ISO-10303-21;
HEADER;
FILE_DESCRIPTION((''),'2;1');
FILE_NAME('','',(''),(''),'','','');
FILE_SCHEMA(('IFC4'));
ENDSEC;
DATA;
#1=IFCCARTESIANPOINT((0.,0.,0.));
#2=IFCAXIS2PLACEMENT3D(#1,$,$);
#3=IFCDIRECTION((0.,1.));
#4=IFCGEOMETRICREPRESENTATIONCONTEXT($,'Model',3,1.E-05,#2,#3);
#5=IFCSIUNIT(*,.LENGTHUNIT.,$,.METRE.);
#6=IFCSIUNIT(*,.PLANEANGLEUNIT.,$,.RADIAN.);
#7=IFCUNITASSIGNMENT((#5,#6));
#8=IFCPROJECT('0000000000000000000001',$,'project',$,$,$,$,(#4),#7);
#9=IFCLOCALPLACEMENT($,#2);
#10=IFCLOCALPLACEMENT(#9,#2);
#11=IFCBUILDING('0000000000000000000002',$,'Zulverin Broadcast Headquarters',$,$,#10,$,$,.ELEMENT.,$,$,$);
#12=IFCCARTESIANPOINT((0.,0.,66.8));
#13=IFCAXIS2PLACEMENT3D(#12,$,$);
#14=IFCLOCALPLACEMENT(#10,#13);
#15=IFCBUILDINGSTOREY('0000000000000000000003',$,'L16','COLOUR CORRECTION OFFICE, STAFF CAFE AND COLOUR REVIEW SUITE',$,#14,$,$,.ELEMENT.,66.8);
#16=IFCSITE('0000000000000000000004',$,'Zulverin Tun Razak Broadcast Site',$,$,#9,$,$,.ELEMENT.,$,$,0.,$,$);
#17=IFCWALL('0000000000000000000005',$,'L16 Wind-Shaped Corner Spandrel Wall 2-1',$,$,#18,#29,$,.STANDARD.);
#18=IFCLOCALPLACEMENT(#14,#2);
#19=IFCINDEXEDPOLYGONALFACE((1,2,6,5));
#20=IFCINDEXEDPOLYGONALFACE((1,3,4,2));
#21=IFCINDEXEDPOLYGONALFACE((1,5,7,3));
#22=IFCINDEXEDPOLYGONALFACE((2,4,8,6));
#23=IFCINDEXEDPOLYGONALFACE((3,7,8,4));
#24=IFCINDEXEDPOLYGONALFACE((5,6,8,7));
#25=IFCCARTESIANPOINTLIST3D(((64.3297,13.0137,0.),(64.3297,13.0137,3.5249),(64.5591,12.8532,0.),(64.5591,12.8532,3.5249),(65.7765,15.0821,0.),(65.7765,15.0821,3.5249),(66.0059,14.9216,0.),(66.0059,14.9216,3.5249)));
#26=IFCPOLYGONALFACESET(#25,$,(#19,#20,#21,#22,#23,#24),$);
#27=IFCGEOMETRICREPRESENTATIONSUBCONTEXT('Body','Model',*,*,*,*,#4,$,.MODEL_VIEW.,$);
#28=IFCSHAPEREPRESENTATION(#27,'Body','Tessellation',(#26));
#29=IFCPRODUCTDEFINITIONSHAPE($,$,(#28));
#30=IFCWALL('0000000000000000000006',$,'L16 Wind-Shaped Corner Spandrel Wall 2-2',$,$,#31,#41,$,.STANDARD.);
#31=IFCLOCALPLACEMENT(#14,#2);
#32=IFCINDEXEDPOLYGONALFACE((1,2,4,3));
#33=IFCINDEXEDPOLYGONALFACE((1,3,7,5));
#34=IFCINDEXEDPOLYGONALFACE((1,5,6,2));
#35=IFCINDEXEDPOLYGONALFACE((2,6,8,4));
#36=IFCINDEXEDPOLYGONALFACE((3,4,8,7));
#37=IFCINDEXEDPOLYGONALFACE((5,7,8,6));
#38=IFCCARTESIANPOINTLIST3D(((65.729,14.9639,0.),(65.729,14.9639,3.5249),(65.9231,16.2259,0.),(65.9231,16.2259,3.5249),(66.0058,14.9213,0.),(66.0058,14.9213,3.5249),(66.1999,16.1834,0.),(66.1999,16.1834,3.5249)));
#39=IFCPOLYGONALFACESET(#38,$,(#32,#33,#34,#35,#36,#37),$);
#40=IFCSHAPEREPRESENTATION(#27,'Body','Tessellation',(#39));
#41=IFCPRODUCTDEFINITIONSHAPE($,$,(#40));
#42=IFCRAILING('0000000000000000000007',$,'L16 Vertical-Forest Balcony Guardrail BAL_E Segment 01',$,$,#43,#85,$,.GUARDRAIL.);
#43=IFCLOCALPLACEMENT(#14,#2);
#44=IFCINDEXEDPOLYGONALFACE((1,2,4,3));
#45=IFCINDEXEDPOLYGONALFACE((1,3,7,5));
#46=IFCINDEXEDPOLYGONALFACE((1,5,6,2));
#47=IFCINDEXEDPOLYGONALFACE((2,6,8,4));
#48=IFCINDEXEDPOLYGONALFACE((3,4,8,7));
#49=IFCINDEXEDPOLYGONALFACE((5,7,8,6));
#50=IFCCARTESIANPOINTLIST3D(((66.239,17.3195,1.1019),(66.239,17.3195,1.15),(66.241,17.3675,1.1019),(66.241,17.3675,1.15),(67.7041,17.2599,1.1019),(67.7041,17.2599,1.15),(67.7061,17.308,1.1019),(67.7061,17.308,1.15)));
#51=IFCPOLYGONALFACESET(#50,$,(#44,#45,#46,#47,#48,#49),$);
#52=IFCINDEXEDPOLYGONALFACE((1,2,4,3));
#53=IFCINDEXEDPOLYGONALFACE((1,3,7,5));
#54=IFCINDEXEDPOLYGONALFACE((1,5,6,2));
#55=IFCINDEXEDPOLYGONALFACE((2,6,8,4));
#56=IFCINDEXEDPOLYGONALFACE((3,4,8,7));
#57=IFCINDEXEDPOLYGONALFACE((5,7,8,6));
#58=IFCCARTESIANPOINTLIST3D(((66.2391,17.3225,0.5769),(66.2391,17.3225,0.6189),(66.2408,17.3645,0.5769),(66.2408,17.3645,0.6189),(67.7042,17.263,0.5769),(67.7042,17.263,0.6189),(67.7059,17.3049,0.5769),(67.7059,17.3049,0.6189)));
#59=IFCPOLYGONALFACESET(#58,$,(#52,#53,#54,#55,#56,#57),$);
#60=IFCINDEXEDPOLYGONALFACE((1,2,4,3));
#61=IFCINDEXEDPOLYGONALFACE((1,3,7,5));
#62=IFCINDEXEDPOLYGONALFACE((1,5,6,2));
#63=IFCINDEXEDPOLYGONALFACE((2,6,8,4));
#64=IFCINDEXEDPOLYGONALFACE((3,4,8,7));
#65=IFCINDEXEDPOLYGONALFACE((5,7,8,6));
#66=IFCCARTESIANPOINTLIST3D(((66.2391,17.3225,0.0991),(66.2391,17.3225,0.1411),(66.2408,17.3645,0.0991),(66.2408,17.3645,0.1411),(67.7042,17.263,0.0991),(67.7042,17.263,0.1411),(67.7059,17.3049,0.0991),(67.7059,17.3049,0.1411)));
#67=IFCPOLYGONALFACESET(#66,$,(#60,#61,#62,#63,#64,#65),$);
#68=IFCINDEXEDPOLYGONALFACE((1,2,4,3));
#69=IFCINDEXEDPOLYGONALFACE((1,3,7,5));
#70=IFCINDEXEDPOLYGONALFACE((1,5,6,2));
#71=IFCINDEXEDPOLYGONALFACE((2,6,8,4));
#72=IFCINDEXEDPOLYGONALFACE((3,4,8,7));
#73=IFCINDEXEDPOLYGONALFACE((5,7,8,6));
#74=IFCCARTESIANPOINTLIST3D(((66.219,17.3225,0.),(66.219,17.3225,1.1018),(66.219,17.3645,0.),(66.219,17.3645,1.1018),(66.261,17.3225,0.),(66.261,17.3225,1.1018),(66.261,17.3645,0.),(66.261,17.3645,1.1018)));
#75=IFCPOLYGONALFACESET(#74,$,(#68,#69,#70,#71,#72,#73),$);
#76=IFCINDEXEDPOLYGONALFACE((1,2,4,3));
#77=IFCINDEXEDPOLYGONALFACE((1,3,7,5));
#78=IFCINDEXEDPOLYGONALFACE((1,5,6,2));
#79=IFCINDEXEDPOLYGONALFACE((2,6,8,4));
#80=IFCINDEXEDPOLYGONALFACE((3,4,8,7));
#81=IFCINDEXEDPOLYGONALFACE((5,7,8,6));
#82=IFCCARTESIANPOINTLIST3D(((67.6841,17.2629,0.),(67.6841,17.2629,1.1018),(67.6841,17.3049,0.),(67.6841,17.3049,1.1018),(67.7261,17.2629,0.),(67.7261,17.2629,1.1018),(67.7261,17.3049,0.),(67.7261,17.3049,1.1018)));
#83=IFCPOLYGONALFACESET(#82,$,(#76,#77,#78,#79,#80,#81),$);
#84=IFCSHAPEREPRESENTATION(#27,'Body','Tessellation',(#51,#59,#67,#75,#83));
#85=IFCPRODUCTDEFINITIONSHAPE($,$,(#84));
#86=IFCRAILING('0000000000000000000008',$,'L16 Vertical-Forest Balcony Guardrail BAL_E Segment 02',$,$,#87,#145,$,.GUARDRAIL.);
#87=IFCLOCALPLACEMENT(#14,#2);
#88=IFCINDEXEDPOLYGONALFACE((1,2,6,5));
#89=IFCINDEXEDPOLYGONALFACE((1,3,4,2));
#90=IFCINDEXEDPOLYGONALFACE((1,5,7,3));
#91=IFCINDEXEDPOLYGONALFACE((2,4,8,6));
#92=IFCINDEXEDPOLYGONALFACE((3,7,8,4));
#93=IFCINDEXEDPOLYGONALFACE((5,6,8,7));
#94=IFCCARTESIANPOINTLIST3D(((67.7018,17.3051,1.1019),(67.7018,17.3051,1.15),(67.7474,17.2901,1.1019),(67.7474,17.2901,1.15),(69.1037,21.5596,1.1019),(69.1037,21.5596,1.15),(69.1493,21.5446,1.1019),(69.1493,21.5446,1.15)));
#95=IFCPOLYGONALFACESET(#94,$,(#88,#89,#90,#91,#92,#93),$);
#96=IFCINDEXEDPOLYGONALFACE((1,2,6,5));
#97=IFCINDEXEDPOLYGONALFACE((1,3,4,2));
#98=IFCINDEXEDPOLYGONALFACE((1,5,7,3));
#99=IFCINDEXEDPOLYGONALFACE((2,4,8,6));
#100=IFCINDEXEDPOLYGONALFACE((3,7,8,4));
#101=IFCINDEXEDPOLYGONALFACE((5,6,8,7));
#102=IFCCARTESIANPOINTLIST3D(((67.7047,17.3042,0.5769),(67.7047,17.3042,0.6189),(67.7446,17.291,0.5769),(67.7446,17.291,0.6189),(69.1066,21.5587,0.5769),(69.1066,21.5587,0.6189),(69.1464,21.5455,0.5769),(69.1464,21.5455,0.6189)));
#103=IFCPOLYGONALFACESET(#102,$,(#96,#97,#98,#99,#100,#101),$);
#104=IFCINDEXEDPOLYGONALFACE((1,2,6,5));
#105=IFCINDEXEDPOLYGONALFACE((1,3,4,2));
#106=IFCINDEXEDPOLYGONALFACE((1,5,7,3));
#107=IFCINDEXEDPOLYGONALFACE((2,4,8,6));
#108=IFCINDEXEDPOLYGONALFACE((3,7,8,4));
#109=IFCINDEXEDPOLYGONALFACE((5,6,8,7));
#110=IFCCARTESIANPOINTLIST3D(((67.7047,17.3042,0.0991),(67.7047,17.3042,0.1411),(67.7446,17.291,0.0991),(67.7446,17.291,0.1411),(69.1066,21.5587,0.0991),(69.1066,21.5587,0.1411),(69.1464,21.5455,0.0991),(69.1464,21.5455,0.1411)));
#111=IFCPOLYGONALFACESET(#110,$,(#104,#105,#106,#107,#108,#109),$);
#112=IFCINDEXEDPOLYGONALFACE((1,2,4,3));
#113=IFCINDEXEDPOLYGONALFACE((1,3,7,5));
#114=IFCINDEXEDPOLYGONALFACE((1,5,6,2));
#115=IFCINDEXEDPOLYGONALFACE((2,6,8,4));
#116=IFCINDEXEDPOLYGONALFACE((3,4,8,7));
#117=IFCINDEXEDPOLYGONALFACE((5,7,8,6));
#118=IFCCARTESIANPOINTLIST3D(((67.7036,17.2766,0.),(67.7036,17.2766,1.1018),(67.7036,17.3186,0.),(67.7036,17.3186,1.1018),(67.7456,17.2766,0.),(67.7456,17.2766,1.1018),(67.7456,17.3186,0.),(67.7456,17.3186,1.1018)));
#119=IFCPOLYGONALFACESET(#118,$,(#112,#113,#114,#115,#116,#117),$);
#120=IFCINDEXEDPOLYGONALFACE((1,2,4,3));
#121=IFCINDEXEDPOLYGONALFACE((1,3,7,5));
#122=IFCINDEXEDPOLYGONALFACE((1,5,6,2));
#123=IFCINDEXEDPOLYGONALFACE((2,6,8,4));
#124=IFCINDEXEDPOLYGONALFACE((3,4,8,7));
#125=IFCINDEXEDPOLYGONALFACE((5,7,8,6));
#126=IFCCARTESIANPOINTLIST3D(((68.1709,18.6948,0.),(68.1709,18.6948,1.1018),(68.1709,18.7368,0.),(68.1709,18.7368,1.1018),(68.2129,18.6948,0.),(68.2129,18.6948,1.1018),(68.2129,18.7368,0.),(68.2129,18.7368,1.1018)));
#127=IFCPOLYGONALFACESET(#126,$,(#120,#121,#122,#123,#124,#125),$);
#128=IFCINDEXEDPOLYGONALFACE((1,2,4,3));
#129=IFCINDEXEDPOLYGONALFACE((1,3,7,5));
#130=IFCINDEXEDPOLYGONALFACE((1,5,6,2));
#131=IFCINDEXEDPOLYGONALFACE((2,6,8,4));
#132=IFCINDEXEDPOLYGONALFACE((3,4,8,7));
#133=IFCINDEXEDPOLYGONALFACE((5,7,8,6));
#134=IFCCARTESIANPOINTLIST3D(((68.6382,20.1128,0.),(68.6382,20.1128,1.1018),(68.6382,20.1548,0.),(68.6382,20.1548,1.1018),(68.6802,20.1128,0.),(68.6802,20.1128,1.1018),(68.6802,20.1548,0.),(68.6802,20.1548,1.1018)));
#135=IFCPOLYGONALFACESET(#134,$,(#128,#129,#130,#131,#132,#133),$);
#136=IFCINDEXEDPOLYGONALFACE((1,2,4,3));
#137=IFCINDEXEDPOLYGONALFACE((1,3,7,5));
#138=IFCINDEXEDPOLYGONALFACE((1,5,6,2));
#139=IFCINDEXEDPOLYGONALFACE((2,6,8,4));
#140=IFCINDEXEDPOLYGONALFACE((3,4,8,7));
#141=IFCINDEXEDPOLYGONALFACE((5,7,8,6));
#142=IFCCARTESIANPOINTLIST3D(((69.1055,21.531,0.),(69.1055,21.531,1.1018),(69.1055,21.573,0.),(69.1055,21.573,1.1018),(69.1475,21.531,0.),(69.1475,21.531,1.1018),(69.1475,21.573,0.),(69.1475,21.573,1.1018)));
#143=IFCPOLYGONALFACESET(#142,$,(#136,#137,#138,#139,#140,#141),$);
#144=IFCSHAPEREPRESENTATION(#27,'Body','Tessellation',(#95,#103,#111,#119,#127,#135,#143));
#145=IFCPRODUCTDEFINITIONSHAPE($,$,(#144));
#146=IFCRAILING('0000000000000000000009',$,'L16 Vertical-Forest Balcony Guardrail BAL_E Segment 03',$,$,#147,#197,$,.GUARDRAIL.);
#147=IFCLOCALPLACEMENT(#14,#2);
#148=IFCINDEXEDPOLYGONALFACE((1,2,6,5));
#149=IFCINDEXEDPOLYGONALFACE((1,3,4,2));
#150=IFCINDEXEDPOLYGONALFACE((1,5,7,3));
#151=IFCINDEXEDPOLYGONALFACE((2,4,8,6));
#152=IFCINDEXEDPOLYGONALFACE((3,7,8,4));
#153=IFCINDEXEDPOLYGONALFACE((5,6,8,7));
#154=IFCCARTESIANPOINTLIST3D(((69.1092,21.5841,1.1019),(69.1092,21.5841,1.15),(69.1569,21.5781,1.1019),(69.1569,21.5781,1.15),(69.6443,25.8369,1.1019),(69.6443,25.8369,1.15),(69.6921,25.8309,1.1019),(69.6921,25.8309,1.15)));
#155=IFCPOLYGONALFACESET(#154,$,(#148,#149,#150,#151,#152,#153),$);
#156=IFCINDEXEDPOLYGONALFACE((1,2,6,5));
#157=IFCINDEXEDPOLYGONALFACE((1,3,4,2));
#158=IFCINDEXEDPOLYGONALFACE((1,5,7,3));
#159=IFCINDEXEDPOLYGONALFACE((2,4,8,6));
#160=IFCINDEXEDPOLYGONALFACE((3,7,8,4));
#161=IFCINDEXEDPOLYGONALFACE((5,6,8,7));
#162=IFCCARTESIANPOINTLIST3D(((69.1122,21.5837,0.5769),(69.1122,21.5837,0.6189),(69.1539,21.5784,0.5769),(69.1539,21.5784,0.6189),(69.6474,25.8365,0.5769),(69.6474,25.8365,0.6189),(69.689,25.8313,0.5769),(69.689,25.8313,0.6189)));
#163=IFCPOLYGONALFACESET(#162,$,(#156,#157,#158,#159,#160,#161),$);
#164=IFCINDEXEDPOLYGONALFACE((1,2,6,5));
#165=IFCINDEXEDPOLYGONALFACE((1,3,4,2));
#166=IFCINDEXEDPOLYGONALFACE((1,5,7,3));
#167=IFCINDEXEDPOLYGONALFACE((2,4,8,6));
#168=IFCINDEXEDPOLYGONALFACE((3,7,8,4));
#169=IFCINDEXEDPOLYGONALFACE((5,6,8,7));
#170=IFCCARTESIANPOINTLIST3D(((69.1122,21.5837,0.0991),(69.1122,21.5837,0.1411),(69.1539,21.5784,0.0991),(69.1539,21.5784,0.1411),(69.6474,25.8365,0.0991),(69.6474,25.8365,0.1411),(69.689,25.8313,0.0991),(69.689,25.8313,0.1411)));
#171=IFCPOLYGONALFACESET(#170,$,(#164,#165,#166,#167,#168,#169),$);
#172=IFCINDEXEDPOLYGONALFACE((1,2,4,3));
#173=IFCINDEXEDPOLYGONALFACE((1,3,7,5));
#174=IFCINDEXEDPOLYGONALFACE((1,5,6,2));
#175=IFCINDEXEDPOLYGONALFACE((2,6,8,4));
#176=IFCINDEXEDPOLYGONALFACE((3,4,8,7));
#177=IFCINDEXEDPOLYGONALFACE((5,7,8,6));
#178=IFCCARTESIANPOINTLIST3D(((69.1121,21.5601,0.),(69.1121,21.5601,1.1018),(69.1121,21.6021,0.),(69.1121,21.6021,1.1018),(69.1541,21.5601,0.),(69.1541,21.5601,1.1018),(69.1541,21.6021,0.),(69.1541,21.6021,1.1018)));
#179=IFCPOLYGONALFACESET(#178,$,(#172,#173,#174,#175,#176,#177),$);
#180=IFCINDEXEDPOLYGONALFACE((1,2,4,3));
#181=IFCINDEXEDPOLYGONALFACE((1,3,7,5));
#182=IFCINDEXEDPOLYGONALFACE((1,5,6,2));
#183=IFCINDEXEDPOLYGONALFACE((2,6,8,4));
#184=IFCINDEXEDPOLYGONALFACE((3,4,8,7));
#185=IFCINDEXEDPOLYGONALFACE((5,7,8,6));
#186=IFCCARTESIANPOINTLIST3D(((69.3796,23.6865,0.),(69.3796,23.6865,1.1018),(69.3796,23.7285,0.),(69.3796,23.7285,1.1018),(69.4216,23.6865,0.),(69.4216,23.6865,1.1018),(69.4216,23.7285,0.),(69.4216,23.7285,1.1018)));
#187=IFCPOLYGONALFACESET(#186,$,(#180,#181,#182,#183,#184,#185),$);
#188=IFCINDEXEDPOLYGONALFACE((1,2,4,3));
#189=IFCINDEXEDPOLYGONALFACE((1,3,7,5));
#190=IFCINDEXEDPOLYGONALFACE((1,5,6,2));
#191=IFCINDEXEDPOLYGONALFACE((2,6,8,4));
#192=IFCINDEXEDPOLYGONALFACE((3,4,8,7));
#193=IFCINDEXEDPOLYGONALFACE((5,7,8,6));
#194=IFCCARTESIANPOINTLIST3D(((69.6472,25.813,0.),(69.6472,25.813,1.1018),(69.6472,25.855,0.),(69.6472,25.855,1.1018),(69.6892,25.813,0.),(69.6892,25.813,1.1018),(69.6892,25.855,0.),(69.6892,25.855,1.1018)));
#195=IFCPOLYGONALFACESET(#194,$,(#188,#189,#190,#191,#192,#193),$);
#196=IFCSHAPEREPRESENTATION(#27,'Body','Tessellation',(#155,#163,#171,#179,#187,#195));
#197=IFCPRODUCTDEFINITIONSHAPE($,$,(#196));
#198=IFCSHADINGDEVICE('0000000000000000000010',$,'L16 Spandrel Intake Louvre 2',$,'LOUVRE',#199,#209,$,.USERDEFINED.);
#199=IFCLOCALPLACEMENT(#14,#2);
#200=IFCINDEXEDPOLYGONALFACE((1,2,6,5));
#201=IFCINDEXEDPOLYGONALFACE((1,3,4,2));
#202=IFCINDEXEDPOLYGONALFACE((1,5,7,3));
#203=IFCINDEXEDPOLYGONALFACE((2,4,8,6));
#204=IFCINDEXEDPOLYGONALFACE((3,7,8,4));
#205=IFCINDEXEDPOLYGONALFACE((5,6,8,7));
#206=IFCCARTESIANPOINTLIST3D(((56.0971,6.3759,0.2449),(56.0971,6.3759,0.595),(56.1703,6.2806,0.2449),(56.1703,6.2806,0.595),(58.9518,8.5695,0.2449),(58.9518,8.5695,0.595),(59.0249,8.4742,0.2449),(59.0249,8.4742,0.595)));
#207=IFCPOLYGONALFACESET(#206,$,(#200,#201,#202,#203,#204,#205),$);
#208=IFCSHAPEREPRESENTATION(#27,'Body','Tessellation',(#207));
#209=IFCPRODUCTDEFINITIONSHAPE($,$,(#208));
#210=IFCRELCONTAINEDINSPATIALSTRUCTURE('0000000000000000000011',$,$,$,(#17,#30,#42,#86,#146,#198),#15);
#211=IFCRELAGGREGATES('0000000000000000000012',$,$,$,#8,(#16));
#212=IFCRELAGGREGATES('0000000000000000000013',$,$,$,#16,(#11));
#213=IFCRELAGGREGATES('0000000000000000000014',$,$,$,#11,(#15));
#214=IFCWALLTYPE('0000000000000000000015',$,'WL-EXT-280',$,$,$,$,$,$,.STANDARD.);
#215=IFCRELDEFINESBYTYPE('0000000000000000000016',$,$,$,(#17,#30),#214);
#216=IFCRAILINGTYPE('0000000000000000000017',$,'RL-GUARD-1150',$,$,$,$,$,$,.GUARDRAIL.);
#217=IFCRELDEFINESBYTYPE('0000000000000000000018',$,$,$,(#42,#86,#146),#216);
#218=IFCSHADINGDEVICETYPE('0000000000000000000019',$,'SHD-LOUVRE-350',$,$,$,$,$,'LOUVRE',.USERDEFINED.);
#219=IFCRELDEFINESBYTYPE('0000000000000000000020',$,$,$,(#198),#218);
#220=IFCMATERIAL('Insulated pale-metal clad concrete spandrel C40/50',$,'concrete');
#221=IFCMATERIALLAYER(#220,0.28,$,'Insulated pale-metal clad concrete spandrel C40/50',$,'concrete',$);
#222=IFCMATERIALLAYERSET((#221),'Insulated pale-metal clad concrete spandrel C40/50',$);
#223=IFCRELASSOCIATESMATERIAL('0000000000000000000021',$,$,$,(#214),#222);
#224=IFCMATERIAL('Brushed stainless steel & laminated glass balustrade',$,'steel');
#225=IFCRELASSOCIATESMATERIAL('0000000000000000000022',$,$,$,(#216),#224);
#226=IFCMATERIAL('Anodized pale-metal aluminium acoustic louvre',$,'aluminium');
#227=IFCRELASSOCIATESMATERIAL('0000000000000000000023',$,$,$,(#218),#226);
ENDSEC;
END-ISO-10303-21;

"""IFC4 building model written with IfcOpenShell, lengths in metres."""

from ifc_helpers import new_model, si_unit, direction, frame, frame_2d, origin, origin_2d, place, context, subcontext, project, spatial, rectangle, extrude, material, layer, layer_set, type_object, element, save


model = new_model("IFC4")

# Units and contexts
model_context = context("Model", 3, precision=1e-05, world=origin(), true_north=direction((0.0, 1.0)))
body_context = subcontext(model_context, "Body", "Model", "MODEL_VIEW")
ifc_project = project(units=[si_unit("LENGTHUNIT", "METRE"), si_unit("PLANEANGLEUNIT", "RADIAN")], contexts=[model_context])

# Site, building, storey
site_placement = place(None, origin())
site = spatial("IfcSite", under=ifc_project, at=site_placement, Name="Zulverin Tun Razak Broadcast Site", CompositionType="ELEMENT", RefElevation=0.0)
building_placement = place(site_placement, origin())
building = spatial("IfcBuilding", under=site, at=building_placement, Name="Zulverin Broadcast Headquarters", CompositionType="ELEMENT")
storey_placement = place(building_placement, frame((0.0, 0.0, 66.8)))
storey = spatial("IfcBuildingStorey", under=building, at=storey_placement, Name="L16", Description="COLOUR CORRECTION OFFICE, STAFF CAFE AND COLOUR REVIEW SUITE", CompositionType="ELEMENT", Elevation=66.8)

# Shared definitions
ifc_material_1 = material(Name="Insulated pale-metal clad concrete spandrel C40/50", Category="concrete")
ifc_layer_1 = layer(ifc_material_1, 0.28, Name="Insulated pale-metal clad concrete spandrel C40/50", Category="concrete")
ifc_layer_set_1 = layer_set([ifc_layer_1], Name="Insulated pale-metal clad concrete spandrel C40/50")
wall_type = type_object("IfcWallType", Name="WL-EXT-280", PredefinedType="STANDARD", material=ifc_layer_set_1)

# Walls
wall_1_placement = place(storey_placement, frame((64.4443, 12.9333, 0.0), z_axis=(0.0, 0.0, 1.0), x_axis=(0.573177, 0.819432, 0.0)))
element("IfcWall", 1, at=wall_1_placement, inside=storey, type_object=wall_type, Name="L16 Wind-Shaped Corner Spandrel Wall 2-1", PredefinedType="STANDARD", context=body_context, shape_type="SweptSolid", body=[
    extrude(rectangle(XDim=2.5242, YDim=0.28, at=frame_2d((1.2622, 0.0))), origin(), (0.0, 0.0, 1.0), 3.5249),
])
wall_2_placement = place(storey_placement, frame((65.8674, 14.9426, 0.0), z_axis=(0.0, 0.0, 1.0), x_axis=(0.152014, 0.988378, 0.0)))
element("IfcWall", 2, at=wall_2_placement, inside=storey, type_object=wall_type, Name="L16 Wind-Shaped Corner Spandrel Wall 2-2", PredefinedType="STANDARD", context=body_context, shape_type="SweptSolid", body=[
    extrude(rectangle(XDim=1.2769, YDim=0.28, at=frame_2d((0.6384, 0.0))), origin(), (0.0, 0.0, 1.0), 3.5249),
])

# Railings
ifc_material_2 = material(Name="Brushed stainless steel & laminated glass balustrade", Category="steel")
railing_type = type_object("IfcRailingType", Name="RL-GUARD-1150", PredefinedType="GUARDRAIL", material=ifc_material_2)
railing_1_placement = place(storey_placement, frame((66.24, 17.3435, 0.0)))
element("IfcRailing", 3, at=railing_1_placement, inside=storey, type_object=railing_type, Name="L16 Vertical-Forest Balcony Guardrail BAL_E Segment 01", PredefinedType="GUARDRAIL", context=body_context, shape_type="SweptSolid", body=[
    extrude(rectangle(XDim=0.0481, YDim=0.0481, at=origin_2d()), frame((0.0, 0.0, 1.126), z_axis=(0.999174, -0.040626, 0.0), x_axis=(0.040626, 0.999174, 0.0)), (0.0, 0.0, 1.0), 1.4663),
    extrude(rectangle(XDim=0.042, YDim=0.042, at=origin_2d()), frame((0.0, 0.0, 0.5979), z_axis=(0.999174, -0.040626, 0.0), x_axis=(0.040626, 0.999174, 0.0)), (0.0, 0.0, 1.0), 1.4663),
    extrude(rectangle(XDim=0.042, YDim=0.042, at=origin_2d()), frame((0.0, 0.0, 0.1201), z_axis=(0.999174, -0.040626, 0.0), x_axis=(0.040626, 0.999174, 0.0)), (0.0, 0.0, 1.0), 1.4663),
    extrude(rectangle(XDim=0.042, YDim=0.042, at=origin_2d()), origin(), (0.0, 0.0, 1.0), 1.1018),
    extrude(rectangle(XDim=0.042, YDim=0.042, at=origin_2d()), frame((1.4651, -0.0596, 0.0)), (0.0, 0.0, 1.0), 1.1018),
])
railing_2_placement = place(storey_placement, frame((67.7246, 17.2976, 0.0)))
element("IfcRailing", 4, at=railing_2_placement, inside=storey, type_object=railing_type, Name="L16 Vertical-Forest Balcony Guardrail BAL_E Segment 02", PredefinedType="GUARDRAIL", context=body_context, shape_type="SweptSolid", body=[
    extrude(rectangle(XDim=0.0481, YDim=0.0481, at=origin_2d()), frame((0.0, 0.0, 1.126), z_axis=(0.312956, 0.949768, 0.0), x_axis=(-0.949768, 0.312956, 0.0)), (0.0, 0.0, 1.0), 4.4795),
    extrude(rectangle(XDim=0.042, YDim=0.042, at=origin_2d()), frame((0.0, 0.0, 0.5979), z_axis=(0.312956, 0.949768, 0.0), x_axis=(-0.949768, 0.312956, 0.0)), (0.0, 0.0, 1.0), 4.4795),
    extrude(rectangle(XDim=0.042, YDim=0.042, at=origin_2d()), frame((0.0, 0.0, 0.1201), z_axis=(0.312956, 0.949768, 0.0), x_axis=(-0.949768, 0.312956, 0.0)), (0.0, 0.0, 1.0), 4.4795),
    extrude(rectangle(XDim=0.042, YDim=0.042, at=origin_2d()), origin(), (0.0, 0.0, 1.0), 1.1018),
    extrude(rectangle(XDim=0.042, YDim=0.042, at=origin_2d()), frame((0.4673, 1.4182, 0.0)), (0.0, 0.0, 1.0), 1.1018),
    extrude(rectangle(XDim=0.042, YDim=0.042, at=origin_2d()), frame((0.9346, 2.8362, 0.0)), (0.0, 0.0, 1.0), 1.1018),
    extrude(rectangle(XDim=0.042, YDim=0.042, at=origin_2d()), frame((1.4019, 4.2544, 0.0)), (0.0, 0.0, 1.0), 1.1018),
])
railing_3_placement = place(storey_placement, frame((69.1331, 21.5811, 0.0)))
element("IfcRailing", 5, at=railing_3_placement, inside=storey, type_object=railing_type, Name="L16 Vertical-Forest Balcony Guardrail BAL_E Segment 03", PredefinedType="GUARDRAIL", context=body_context, shape_type="SweptSolid", body=[
    extrude(rectangle(XDim=0.0481, YDim=0.0481, at=origin_2d()), frame((0.0, 0.0, 1.126), z_axis=(0.124848, 0.992176, 0.0), x_axis=(-0.992176, 0.124848, 0.0)), (0.0, 0.0, 1.0), 4.2864),
    extrude(rectangle(XDim=0.042, YDim=0.042, at=origin_2d()), frame((0.0, 0.0, 0.5979), z_axis=(0.124848, 0.992176, 0.0), x_axis=(-0.992176, 0.124848, 0.0)), (0.0, 0.0, 1.0), 4.2864),
    extrude(rectangle(XDim=0.042, YDim=0.042, at=origin_2d()), frame((0.0, 0.0, 0.1201), z_axis=(0.124848, 0.992176, 0.0), x_axis=(-0.992176, 0.124848, 0.0)), (0.0, 0.0, 1.0), 4.2864),
    extrude(rectangle(XDim=0.042, YDim=0.042, at=origin_2d()), origin(), (0.0, 0.0, 1.0), 1.1018),
    extrude(rectangle(XDim=0.042, YDim=0.042, at=origin_2d()), frame((0.2676, 2.1265, 0.0)), (0.0, 0.0, 1.0), 1.1018),
    extrude(rectangle(XDim=0.042, YDim=0.042, at=origin_2d()), frame((0.5352, 4.2529, 0.0)), (0.0, 0.0, 1.0), 1.1018),
])

# Shading device
ifc_material_3 = material(Name="Anodized pale-metal aluminium acoustic louvre", Category="aluminium")
shading_device_type_1 = type_object("IfcShadingDeviceType", Name="SHD-LOUVRE-350", ElementType="LOUVRE", PredefinedType="USERDEFINED", material=ifc_material_3)
shading_device_1_placement = place(storey_placement, frame((57.561, 7.425, 0.2449), z_axis=(0.0, 0.0, 1.0), x_axis=(0.792933, 0.609308, 0.0)))
element("IfcShadingDevice", 6, at=shading_device_1_placement, inside=storey, type_object=shading_device_type_1, Name="L16 Spandrel Intake Louvre 2", ObjectType="LOUVRE", PredefinedType="USERDEFINED", context=body_context, shape_type="SweptSolid", body=[
    extrude(rectangle(XDim=3.6001, YDim=0.1201, at=origin_2d()), origin(), (0.0, 0.0, 1.0), 0.3501),
])

save(model, "model.ifc")
